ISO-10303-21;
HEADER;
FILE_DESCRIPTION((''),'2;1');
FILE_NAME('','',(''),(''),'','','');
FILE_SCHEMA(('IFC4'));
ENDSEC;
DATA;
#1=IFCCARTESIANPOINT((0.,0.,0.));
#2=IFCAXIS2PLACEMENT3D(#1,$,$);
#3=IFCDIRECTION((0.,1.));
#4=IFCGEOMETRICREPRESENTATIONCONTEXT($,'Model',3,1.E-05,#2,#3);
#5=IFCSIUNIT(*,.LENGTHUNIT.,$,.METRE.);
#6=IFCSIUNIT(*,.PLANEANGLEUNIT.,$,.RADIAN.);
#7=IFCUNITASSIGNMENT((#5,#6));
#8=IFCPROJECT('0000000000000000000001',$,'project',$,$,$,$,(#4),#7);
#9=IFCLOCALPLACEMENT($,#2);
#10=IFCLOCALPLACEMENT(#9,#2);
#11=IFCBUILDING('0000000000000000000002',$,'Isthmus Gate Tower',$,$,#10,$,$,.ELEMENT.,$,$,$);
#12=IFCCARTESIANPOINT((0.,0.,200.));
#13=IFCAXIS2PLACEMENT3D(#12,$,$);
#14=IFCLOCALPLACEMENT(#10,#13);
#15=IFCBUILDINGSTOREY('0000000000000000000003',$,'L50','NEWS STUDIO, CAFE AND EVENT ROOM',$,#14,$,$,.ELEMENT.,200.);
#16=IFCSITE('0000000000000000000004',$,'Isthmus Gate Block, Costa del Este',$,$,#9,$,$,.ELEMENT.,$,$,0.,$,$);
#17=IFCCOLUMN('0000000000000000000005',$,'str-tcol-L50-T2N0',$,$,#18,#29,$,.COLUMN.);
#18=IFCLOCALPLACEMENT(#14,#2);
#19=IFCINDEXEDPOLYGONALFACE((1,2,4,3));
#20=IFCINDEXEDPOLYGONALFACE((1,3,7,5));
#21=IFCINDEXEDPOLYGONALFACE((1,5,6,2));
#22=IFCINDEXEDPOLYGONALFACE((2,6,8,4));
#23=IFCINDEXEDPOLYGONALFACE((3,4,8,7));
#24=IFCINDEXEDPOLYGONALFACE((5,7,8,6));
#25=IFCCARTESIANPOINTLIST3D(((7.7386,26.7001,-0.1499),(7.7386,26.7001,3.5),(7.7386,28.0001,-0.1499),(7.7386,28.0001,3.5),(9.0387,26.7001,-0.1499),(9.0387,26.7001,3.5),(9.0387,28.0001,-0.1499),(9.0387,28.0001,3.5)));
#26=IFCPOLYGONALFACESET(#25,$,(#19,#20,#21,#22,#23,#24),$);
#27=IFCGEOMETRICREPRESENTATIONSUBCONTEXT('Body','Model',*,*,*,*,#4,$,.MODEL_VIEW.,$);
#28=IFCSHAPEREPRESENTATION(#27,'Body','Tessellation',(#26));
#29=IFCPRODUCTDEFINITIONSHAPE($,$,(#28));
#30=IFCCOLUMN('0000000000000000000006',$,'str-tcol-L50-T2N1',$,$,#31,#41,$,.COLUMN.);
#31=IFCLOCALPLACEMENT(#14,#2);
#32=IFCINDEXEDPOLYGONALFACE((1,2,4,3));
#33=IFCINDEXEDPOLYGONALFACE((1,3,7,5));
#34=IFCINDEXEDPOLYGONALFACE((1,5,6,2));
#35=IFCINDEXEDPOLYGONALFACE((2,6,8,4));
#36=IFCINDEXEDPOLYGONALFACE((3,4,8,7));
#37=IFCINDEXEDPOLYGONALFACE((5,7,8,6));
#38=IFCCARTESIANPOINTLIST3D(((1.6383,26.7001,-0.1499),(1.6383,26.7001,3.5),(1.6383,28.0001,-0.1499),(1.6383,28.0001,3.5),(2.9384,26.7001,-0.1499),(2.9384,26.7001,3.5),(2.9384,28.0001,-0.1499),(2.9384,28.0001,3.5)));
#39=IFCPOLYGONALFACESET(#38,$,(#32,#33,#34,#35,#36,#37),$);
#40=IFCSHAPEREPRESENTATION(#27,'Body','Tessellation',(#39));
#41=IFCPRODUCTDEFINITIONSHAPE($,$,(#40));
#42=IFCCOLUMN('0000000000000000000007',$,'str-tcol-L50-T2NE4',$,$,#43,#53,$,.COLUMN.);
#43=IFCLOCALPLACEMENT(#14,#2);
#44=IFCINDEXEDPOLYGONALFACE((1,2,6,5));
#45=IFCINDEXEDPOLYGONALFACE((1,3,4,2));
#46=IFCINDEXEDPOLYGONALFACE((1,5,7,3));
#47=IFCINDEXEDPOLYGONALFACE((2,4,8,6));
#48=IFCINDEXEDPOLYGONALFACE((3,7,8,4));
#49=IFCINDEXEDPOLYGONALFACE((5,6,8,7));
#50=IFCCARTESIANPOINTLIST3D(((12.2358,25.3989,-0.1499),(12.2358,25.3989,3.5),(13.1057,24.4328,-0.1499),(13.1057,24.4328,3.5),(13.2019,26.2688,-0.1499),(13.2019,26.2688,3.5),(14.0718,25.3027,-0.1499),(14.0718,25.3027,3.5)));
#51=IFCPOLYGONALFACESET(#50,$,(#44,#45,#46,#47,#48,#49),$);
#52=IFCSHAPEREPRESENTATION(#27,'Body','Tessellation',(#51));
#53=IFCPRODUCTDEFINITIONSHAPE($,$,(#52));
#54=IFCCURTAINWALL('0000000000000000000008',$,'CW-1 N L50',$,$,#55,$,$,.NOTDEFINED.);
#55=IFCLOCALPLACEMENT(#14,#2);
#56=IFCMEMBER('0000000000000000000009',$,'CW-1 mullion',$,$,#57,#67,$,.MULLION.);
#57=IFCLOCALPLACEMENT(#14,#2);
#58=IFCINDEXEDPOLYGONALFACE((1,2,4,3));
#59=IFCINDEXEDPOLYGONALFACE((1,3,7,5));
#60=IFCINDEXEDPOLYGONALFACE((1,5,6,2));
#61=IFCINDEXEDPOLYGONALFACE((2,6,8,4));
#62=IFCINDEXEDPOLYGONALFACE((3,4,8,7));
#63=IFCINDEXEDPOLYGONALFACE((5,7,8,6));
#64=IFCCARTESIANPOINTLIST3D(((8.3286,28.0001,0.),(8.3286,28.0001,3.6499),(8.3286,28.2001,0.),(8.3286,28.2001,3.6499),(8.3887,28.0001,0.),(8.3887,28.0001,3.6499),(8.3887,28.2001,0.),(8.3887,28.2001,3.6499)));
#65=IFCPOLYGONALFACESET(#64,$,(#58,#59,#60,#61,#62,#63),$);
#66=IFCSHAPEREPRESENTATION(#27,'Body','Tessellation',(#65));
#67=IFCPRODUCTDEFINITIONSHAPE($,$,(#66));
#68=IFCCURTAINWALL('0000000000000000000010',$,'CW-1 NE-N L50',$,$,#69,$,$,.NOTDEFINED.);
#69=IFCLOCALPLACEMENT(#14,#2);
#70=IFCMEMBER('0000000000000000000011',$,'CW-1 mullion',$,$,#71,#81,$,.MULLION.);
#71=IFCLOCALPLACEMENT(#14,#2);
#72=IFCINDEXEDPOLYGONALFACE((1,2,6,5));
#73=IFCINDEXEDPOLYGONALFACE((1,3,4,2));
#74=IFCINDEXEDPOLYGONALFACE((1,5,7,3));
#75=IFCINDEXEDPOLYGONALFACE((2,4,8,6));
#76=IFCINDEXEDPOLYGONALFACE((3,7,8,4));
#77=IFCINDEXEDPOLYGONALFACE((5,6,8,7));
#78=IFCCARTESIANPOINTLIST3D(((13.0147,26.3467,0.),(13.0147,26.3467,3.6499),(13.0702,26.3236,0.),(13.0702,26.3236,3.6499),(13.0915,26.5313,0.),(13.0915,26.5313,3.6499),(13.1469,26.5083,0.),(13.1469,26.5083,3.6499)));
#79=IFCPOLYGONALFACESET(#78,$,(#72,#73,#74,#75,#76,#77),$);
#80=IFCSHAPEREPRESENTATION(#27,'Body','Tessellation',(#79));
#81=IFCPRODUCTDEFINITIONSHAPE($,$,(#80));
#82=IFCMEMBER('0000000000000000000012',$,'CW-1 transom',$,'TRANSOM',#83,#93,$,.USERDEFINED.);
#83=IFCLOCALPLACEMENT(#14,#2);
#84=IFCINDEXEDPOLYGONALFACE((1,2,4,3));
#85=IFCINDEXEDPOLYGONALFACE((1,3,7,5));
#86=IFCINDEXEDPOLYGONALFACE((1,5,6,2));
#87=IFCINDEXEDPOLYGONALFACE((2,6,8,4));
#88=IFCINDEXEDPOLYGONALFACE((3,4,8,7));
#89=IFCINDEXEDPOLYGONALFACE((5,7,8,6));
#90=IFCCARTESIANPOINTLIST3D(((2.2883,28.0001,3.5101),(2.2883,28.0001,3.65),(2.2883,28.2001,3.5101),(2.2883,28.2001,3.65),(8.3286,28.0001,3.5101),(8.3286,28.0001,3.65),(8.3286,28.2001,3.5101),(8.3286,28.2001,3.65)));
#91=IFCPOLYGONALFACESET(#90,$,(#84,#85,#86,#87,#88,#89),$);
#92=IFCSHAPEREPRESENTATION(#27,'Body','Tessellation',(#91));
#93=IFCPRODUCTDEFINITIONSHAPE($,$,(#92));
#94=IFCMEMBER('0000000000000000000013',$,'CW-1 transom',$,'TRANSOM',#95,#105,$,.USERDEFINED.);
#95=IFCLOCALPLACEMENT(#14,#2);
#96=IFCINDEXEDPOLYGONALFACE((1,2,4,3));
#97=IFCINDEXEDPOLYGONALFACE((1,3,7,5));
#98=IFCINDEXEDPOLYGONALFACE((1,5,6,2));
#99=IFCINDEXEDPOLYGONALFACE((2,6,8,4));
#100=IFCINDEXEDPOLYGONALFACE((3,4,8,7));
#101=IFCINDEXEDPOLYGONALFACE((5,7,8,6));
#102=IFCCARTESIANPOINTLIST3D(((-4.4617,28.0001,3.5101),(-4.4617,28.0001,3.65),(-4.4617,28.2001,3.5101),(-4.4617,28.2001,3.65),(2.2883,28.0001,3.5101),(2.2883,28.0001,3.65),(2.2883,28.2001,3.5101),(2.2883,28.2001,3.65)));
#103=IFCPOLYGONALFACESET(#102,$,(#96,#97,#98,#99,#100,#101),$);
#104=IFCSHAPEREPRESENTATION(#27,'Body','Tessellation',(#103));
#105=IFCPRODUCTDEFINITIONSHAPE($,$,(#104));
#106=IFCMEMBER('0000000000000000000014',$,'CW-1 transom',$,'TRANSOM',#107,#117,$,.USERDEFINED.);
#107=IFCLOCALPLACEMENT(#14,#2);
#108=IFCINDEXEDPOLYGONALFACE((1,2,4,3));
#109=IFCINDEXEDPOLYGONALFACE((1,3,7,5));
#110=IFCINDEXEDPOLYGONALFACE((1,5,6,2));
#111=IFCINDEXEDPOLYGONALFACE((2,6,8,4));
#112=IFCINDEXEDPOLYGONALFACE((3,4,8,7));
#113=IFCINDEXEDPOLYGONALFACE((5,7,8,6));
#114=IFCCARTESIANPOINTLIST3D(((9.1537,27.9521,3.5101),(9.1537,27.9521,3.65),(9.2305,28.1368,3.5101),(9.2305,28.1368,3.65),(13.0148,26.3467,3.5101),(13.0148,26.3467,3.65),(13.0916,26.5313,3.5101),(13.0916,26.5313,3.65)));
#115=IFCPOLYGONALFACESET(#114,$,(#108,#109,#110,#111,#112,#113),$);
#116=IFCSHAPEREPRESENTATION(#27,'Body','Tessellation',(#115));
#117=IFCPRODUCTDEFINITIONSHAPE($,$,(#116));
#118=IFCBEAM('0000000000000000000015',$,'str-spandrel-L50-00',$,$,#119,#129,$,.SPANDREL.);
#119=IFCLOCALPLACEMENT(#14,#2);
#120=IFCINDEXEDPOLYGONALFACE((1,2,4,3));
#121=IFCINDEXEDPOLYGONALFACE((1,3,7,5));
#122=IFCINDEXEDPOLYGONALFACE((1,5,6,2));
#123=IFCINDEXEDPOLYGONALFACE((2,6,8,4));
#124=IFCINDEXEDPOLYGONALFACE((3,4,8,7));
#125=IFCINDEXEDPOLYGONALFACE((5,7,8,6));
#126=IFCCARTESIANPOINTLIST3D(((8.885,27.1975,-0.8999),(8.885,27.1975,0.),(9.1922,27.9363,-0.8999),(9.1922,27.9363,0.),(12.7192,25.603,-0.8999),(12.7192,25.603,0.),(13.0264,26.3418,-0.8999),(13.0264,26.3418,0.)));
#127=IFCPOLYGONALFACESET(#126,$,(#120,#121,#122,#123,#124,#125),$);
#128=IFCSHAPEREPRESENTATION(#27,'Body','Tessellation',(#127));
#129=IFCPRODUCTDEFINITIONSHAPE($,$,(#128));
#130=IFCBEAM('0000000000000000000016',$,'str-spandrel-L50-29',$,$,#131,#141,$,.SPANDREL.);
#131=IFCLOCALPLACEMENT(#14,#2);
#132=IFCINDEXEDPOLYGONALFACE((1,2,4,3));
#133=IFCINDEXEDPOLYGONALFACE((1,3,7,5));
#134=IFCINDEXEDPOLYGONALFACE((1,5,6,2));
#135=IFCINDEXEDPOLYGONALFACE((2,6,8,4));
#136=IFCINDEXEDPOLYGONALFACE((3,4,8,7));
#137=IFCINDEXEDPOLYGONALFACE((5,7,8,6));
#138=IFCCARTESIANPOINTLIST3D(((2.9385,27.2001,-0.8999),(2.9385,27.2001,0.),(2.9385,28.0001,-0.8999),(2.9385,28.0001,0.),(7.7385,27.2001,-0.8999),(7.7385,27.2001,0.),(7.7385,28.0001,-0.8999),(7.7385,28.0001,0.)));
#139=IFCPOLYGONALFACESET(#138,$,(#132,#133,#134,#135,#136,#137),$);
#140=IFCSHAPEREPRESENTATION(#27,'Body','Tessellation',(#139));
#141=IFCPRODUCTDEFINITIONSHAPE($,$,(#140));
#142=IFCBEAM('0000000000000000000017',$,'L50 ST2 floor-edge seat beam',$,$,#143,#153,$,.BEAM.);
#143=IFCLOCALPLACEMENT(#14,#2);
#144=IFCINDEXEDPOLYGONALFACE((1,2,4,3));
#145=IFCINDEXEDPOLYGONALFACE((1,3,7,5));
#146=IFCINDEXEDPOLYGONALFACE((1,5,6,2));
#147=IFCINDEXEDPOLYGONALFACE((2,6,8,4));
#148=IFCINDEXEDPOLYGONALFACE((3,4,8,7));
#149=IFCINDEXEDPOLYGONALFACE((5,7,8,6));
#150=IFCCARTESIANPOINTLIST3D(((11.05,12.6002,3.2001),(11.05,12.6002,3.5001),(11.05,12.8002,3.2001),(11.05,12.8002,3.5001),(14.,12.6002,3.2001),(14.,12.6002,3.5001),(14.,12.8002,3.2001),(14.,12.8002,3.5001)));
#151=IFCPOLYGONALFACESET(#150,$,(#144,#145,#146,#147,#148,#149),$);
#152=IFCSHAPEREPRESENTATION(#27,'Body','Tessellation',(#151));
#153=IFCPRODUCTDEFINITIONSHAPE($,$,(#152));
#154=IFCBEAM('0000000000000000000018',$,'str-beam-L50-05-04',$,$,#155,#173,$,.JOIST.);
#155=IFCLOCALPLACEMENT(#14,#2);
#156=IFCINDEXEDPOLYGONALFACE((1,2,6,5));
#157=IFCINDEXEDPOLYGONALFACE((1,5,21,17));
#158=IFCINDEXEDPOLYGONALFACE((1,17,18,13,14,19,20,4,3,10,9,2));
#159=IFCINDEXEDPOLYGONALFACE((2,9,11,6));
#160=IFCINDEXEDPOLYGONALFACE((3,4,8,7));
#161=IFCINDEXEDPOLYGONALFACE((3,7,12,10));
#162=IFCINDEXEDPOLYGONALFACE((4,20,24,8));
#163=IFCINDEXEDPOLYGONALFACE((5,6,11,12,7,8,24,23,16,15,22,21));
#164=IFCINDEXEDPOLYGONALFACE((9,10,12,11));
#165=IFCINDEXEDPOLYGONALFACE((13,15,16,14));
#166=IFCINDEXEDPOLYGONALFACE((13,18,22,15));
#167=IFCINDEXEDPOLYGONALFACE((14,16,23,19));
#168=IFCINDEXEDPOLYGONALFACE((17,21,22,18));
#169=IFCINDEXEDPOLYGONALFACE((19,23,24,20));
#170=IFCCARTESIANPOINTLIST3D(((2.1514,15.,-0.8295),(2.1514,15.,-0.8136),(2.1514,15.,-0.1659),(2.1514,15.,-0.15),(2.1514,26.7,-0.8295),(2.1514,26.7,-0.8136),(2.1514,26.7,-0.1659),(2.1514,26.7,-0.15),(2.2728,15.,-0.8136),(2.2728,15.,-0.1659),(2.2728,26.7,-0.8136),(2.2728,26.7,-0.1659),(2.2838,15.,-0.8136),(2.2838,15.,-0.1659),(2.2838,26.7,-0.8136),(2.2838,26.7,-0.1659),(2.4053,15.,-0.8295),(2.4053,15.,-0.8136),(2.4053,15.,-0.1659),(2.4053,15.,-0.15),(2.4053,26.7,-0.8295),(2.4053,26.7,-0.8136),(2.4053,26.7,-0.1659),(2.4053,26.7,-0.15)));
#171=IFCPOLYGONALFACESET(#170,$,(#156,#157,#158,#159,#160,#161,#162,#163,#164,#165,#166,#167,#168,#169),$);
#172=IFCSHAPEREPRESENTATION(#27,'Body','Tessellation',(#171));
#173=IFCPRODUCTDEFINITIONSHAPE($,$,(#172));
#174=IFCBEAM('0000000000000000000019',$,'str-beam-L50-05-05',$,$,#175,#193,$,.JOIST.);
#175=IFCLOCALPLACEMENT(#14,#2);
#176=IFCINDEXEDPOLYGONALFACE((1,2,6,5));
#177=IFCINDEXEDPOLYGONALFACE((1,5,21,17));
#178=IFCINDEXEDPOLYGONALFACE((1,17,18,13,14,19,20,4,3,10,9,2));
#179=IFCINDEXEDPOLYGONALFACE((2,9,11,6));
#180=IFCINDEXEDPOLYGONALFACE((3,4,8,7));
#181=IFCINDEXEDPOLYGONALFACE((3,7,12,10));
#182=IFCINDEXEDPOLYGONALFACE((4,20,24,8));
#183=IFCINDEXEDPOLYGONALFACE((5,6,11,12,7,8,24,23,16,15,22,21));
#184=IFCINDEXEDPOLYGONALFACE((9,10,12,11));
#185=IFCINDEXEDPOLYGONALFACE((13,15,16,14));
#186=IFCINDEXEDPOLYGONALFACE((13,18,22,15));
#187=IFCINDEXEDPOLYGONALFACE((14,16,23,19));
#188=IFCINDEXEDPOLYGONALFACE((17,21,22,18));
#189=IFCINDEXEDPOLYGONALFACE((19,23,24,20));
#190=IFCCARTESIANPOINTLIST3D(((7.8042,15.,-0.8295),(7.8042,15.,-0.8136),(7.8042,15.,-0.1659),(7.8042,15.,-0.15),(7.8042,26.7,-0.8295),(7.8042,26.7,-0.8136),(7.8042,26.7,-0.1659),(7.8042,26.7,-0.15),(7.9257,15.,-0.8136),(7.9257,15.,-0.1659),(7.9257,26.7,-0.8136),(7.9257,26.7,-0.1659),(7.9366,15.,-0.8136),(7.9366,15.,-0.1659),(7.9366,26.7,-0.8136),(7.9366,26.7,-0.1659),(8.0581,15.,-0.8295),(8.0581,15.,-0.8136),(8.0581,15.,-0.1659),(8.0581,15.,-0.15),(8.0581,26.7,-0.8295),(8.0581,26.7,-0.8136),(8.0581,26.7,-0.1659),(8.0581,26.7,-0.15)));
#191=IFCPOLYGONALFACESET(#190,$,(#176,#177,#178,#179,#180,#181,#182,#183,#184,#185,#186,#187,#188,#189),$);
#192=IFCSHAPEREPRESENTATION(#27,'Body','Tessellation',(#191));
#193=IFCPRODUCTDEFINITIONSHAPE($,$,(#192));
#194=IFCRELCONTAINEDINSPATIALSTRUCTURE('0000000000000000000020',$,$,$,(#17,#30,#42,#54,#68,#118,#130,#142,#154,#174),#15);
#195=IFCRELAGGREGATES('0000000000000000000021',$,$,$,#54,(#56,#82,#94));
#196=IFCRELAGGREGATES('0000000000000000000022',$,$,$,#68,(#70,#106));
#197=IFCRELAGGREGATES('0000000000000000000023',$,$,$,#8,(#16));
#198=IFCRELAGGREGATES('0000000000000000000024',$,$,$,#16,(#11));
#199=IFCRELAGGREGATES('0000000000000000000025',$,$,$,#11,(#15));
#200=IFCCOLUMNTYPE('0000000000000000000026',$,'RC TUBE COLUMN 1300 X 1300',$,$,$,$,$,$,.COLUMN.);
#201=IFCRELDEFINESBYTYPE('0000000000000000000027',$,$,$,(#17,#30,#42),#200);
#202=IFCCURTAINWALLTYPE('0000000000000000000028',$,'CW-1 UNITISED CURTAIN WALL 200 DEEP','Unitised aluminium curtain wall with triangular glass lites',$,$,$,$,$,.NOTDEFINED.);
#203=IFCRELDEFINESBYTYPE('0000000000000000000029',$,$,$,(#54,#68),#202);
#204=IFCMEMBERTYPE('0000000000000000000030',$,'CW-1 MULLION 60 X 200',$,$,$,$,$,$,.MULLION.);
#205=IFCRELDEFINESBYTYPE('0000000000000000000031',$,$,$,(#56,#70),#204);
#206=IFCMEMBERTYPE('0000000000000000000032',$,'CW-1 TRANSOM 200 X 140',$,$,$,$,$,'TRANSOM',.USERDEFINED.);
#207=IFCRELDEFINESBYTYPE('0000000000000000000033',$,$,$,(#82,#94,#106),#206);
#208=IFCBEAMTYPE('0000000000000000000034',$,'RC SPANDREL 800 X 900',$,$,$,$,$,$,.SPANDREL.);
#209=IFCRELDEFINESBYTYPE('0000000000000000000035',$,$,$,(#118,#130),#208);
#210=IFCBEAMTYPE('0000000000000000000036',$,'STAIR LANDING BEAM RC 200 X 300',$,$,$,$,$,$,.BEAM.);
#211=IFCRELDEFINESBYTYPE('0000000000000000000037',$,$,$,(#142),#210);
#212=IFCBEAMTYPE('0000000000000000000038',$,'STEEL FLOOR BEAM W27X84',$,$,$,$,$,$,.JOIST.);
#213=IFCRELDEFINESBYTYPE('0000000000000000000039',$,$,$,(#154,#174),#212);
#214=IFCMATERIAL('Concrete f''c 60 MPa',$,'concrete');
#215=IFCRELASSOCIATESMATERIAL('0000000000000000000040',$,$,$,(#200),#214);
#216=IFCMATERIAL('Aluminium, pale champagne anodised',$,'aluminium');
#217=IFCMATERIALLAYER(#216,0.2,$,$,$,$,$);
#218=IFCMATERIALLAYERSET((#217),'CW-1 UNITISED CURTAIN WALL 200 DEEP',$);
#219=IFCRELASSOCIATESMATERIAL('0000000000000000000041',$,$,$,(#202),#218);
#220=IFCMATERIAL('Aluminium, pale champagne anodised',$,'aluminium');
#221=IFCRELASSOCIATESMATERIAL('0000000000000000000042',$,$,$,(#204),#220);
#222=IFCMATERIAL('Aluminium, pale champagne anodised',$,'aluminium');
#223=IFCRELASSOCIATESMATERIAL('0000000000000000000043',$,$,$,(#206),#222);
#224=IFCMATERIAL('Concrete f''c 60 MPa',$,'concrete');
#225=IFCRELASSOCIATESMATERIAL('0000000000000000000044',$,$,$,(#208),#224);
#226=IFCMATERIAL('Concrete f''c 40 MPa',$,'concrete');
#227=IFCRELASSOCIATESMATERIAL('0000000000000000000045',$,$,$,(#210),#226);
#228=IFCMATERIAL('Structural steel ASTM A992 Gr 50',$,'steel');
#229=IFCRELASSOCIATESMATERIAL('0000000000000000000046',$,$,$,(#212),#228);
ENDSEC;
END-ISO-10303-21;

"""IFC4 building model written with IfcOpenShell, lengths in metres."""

from ifc_helpers import new_model, si_unit, direction, frame, origin, origin_2d, place, context, subcontext, project, spatial, rectangle, i_section, extrude, material, layer, layer_set, material_profile, profile_set, type_object, element, aggregate, save


model = new_model("IFC4")

# Units and contexts
model_context = context("Model", 3, precision=1e-05, world=origin(), true_north=direction((0.0, 1.0)))
body_context = subcontext(model_context, "Body", "Model", "MODEL_VIEW")
ifc_project = project(units=[si_unit("LENGTHUNIT", "METRE"), si_unit("PLANEANGLEUNIT", "RADIAN")], contexts=[model_context])

# Site, building, storey
site_placement = place(None, origin())
site = spatial("IfcSite", under=ifc_project, at=site_placement, Name="Isthmus Gate Block, Costa del Este", CompositionType="ELEMENT", RefElevation=0.0)
building_placement = place(site_placement, origin())
building = spatial("IfcBuilding", under=site, at=building_placement, Name="Isthmus Gate Tower", CompositionType="ELEMENT")
storey_placement = place(building_placement, frame((0.0, 0.0, 200.0)))
storey = spatial("IfcBuildingStorey", under=building, at=storey_placement, Name="L50", Description="NEWS STUDIO, CAFE AND EVENT ROOM", CompositionType="ELEMENT", Elevation=200.0)

# Columns
ifc_material_1 = material(Name="Concrete f'c 60 MPa", Category="concrete")
ifc_material_profile_1 = material_profile(ifc_material_1, rectangle(XDim=1.3, YDim=1.3, at=origin_2d()), Name="RC 1300X1300")
ifc_profile_set_1 = profile_set([ifc_material_profile_1], Name="Concrete f'c 60 MPa")
column_type = type_object("IfcColumnType", Name="RC TUBE COLUMN 1300 X 1300", PredefinedType="COLUMN", material=ifc_profile_set_1)
for number, where, z_axis, x_axis, name in (
    (1, (8.3887, 27.3501, -0.1499), (0.0, 0.0, 1.0), (-1.0, 0.0, 0.0), "str-tcol-L50-T2N0"),
    (2, (2.2883, 27.3501, -0.1499), (0.0, 0.0, 1.0), (-1.0, 0.0, 0.0), "str-tcol-L50-T2N1"),
    (3, (13.1538, 25.3508, -0.1499), (0.0, 0.0, 1.0), (-0.669131, 0.743145, 0.0), "str-tcol-L50-T2NE4"),
):
    element("IfcColumn", number, at=place(storey_placement, frame(where, z_axis=z_axis, x_axis=x_axis)), inside=storey, type_object=column_type, Name=name, PredefinedType="COLUMN", context=body_context, shape_type="SweptSolid", body=[
        extrude(rectangle(XDim=1.3, YDim=1.3, at=origin_2d()), origin(), (0.0, 0.0, 1.0), 3.6499),
    ])

# Curtain walls, members
ifc_material_2 = material(Name="Aluminium, pale champagne anodised", Category="aluminium")
ifc_layer_1 = layer(ifc_material_2, 0.2)
ifc_layer_set_1 = layer_set([ifc_layer_1], Name="CW-1 UNITISED CURTAIN WALL 200 DEEP")
curtain_wall_type = type_object("IfcCurtainWallType", Name="CW-1 UNITISED CURTAIN WALL 200 DEEP", Description="Unitised aluminium curtain wall with triangular glass lites", PredefinedType="NOTDEFINED", material=ifc_layer_set_1)
curtain_wall_1_placement = place(storey_placement, origin())
curtain_wall_1 = element("IfcCurtainWall", 4, at=curtain_wall_1_placement, inside=storey, type_object=curtain_wall_type, Name="CW-1 N L50", PredefinedType="NOTDEFINED")
ifc_material_3 = material(Name="Aluminium, pale champagne anodised", Category="aluminium")
ifc_material_profile_2 = material_profile(ifc_material_3, rectangle(XDim=0.0601, YDim=0.2, at=origin_2d()), Name="60x200")
ifc_profile_set_2 = profile_set([ifc_material_profile_2], Name="Aluminium, pale champagne anodised")
member_type_1 = type_object("IfcMemberType", Name="CW-1 MULLION 60 X 200", PredefinedType="MULLION", material=ifc_profile_set_2)
member_1_placement = place(storey_placement, frame((8.3586, 28.1001, 0.0), z_axis=(0.0, 0.0, 1.0), x_axis=(-1.0, 0.0, 0.0)))
member_1 = element("IfcMember", 5, at=member_1_placement, type_object=member_type_1, Name="CW-1 mullion", PredefinedType="MULLION", context=body_context, shape_type="SweptSolid", body=[
    extrude(rectangle(XDim=0.0601, YDim=0.2, at=origin_2d()), origin(), (0.0, 0.0, 1.0), 3.6499),
])
curtain_wall_2_placement = place(storey_placement, origin())
curtain_wall_2 = element("IfcCurtainWall", 6, at=curtain_wall_2_placement, inside=storey, type_object=curtain_wall_type, Name="CW-1 NE-N L50", PredefinedType="NOTDEFINED")
member_2_placement = place(storey_placement, frame((13.0808, 26.4275, 0.0), z_axis=(0.0, 0.0, 1.0), x_axis=(-0.923353, 0.383952, 0.0)))
member_2 = element("IfcMember", 7, at=member_2_placement, type_object=member_type_1, Name="CW-1 mullion", PredefinedType="MULLION", context=body_context, shape_type="SweptSolid", body=[
    extrude(rectangle(XDim=0.0601, YDim=0.2, at=origin_2d()), origin(), (0.0, 0.0, 1.0), 3.6499),
])

# Members
ifc_material_4 = material(Name="Aluminium, pale champagne anodised", Category="aluminium")
ifc_material_profile_3 = material_profile(ifc_material_4, rectangle(XDim=0.2, YDim=0.1399, at=origin_2d()), Name="200x140")
ifc_profile_set_3 = profile_set([ifc_material_profile_3], Name="Aluminium, pale champagne anodised")
member_type_2 = type_object("IfcMemberType", Name="CW-1 TRANSOM 200 X 140", ElementType="TRANSOM", PredefinedType="USERDEFINED", material=ifc_profile_set_3)
member_3_placement = place(storey_placement, frame((8.3286, 28.1001, 3.5801), z_axis=(-1.0, 0.0, 0.0), x_axis=(0.0, -1.0, 0.0)))
member_3 = element("IfcMember", 8, at=member_3_placement, type_object=member_type_2, Name="CW-1 transom", ObjectType="TRANSOM", PredefinedType="USERDEFINED", context=body_context, shape_type="SweptSolid", body=[
    extrude(rectangle(XDim=0.2, YDim=0.1399, at=origin_2d()), origin(), (0.0, 0.0, 1.0), 6.0403),
])
member_4_placement = place(storey_placement, frame((2.2883, 28.1001, 3.5801), z_axis=(-1.0, 0.0, 0.0), x_axis=(0.0, -1.0, 0.0)))
member_4 = element("IfcMember", 9, at=member_4_placement, type_object=member_type_2, Name="CW-1 transom", ObjectType="TRANSOM", PredefinedType="USERDEFINED", context=body_context, shape_type="SweptSolid", body=[
    extrude(rectangle(XDim=0.2, YDim=0.1399, at=origin_2d()), origin(), (0.0, 0.0, 1.0), 6.75),
])
member_5_placement = place(storey_placement, frame((13.0532, 26.439, 3.5801), z_axis=(-0.923358, 0.38394, 0.0), x_axis=(-0.38394, -0.923358, 0.0)))
member_5 = element("IfcMember", 10, at=member_5_placement, type_object=member_type_2, Name="CW-1 transom", ObjectType="TRANSOM", PredefinedType="USERDEFINED", context=body_context, shape_type="SweptSolid", body=[
    extrude(rectangle(XDim=0.2, YDim=0.1399, at=origin_2d()), origin(), (0.0, 0.0, 1.0), 4.1816),
])

# Beams
ifc_material_5 = material(Name="Concrete f'c 60 MPa", Category="concrete")
ifc_material_profile_4 = material_profile(ifc_material_5, rectangle(XDim=0.8, YDim=0.8999, at=origin_2d()), Name="RC 800X900")
ifc_profile_set_4 = profile_set([ifc_material_profile_4], Name="Concrete f'c 60 MPa")
beam_type_1 = type_object("IfcBeamType", Name="RC SPANDREL 800 X 900", PredefinedType="SPANDREL", material=ifc_profile_set_4)
beam_1_placement = place(storey_placement, frame((9.0386, 27.5669, -0.45), z_axis=(0.923343, -0.383977, 0.0), x_axis=(0.383977, 0.923343, 0.0)))
element("IfcBeam", 11, at=beam_1_placement, inside=storey, type_object=beam_type_1, Name="str-spandrel-L50-00", PredefinedType="SPANDREL", context=body_context, shape_type="SweptSolid", body=[
    extrude(rectangle(XDim=0.8, YDim=0.8999, at=origin_2d()), origin(), (0.0, 0.0, 1.0), 4.1526),
])
beam_2_placement = place(storey_placement, frame((2.9385, 27.6001, -0.45), z_axis=(1.0, 0.0, 0.0), x_axis=(0.0, 1.0, 0.0)))
element("IfcBeam", 12, at=beam_2_placement, inside=storey, type_object=beam_type_1, Name="str-spandrel-L50-29", PredefinedType="SPANDREL", context=body_context, shape_type="SweptSolid", body=[
    extrude(rectangle(XDim=0.8, YDim=0.8999, at=origin_2d()), origin(), (0.0, 0.0, 1.0), 4.8),
])
ifc_material_6 = material(Name="Concrete f'c 40 MPa", Category="concrete")
ifc_material_profile_5 = material_profile(ifc_material_6, rectangle(XDim=0.2, YDim=0.3, at=origin_2d()), Name="STAIR LANDING BEAM RC 200 X 300")
ifc_profile_set_5 = profile_set([ifc_material_profile_5], Name="Concrete f'c 40 MPa")
beam_type_2 = type_object("IfcBeamType", Name="STAIR LANDING BEAM RC 200 X 300", PredefinedType="BEAM", material=ifc_profile_set_5)
beam_3_placement = place(storey_placement, frame((11.05, 12.7002, 3.3501), z_axis=(1.0, 0.0, 0.0), x_axis=(0.0, 1.0, 0.0)))
element("IfcBeam", 13, at=beam_3_placement, inside=storey, type_object=beam_type_2, Name="L50 ST2 floor-edge seat beam", PredefinedType="BEAM", context=body_context, shape_type="SweptSolid", body=[
    extrude(rectangle(XDim=0.2, YDim=0.3, at=origin_2d()), origin(), (0.0, 0.0, 1.0), 2.95),
])
ifc_material_7 = material(Name="Structural steel ASTM A992 Gr 50", Category="steel")
ifc_material_profile_6 = material_profile(ifc_material_7, i_section(OverallWidth=0.2539, OverallDepth=0.6794, WebThickness=0.011, FlangeThickness=0.0159, at=origin_2d()), Name="W27X84")
ifc_profile_set_6 = profile_set([ifc_material_profile_6], Name="Structural steel ASTM A992 Gr 50")
beam_type_3 = type_object("IfcBeamType", Name="STEEL FLOOR BEAM W27X84", PredefinedType="JOIST", material=ifc_profile_set_6)
for number, where, z_axis, x_axis, name in (
    (14, (2.2783, 15.0, -0.4897), (0.0, 1.0, 0.0), (-1.0, 0.0, 0.0), "str-beam-L50-05-04"),
    (15, (7.9312, 15.0, -0.4897), (0.0, 1.0, 0.0), (-1.0, 0.0, 0.0), "str-beam-L50-05-05"),
):
    element("IfcBeam", number, at=place(storey_placement, frame(where, z_axis=z_axis, x_axis=x_axis)), inside=storey, type_object=beam_type_3, Name=name, PredefinedType="JOIST", context=body_context, shape_type="SweptSolid", body=[
        extrude(i_section(OverallWidth=0.2539, OverallDepth=0.6794, WebThickness=0.011, FlangeThickness=0.0159, at=origin_2d()), origin(), (0.0, 0.0, 1.0), 11.7),
    ])

aggregate(curtain_wall_1, [member_1, member_3, member_4])
aggregate(curtain_wall_2, [member_2, member_5])

save(model, "model.ifc")
